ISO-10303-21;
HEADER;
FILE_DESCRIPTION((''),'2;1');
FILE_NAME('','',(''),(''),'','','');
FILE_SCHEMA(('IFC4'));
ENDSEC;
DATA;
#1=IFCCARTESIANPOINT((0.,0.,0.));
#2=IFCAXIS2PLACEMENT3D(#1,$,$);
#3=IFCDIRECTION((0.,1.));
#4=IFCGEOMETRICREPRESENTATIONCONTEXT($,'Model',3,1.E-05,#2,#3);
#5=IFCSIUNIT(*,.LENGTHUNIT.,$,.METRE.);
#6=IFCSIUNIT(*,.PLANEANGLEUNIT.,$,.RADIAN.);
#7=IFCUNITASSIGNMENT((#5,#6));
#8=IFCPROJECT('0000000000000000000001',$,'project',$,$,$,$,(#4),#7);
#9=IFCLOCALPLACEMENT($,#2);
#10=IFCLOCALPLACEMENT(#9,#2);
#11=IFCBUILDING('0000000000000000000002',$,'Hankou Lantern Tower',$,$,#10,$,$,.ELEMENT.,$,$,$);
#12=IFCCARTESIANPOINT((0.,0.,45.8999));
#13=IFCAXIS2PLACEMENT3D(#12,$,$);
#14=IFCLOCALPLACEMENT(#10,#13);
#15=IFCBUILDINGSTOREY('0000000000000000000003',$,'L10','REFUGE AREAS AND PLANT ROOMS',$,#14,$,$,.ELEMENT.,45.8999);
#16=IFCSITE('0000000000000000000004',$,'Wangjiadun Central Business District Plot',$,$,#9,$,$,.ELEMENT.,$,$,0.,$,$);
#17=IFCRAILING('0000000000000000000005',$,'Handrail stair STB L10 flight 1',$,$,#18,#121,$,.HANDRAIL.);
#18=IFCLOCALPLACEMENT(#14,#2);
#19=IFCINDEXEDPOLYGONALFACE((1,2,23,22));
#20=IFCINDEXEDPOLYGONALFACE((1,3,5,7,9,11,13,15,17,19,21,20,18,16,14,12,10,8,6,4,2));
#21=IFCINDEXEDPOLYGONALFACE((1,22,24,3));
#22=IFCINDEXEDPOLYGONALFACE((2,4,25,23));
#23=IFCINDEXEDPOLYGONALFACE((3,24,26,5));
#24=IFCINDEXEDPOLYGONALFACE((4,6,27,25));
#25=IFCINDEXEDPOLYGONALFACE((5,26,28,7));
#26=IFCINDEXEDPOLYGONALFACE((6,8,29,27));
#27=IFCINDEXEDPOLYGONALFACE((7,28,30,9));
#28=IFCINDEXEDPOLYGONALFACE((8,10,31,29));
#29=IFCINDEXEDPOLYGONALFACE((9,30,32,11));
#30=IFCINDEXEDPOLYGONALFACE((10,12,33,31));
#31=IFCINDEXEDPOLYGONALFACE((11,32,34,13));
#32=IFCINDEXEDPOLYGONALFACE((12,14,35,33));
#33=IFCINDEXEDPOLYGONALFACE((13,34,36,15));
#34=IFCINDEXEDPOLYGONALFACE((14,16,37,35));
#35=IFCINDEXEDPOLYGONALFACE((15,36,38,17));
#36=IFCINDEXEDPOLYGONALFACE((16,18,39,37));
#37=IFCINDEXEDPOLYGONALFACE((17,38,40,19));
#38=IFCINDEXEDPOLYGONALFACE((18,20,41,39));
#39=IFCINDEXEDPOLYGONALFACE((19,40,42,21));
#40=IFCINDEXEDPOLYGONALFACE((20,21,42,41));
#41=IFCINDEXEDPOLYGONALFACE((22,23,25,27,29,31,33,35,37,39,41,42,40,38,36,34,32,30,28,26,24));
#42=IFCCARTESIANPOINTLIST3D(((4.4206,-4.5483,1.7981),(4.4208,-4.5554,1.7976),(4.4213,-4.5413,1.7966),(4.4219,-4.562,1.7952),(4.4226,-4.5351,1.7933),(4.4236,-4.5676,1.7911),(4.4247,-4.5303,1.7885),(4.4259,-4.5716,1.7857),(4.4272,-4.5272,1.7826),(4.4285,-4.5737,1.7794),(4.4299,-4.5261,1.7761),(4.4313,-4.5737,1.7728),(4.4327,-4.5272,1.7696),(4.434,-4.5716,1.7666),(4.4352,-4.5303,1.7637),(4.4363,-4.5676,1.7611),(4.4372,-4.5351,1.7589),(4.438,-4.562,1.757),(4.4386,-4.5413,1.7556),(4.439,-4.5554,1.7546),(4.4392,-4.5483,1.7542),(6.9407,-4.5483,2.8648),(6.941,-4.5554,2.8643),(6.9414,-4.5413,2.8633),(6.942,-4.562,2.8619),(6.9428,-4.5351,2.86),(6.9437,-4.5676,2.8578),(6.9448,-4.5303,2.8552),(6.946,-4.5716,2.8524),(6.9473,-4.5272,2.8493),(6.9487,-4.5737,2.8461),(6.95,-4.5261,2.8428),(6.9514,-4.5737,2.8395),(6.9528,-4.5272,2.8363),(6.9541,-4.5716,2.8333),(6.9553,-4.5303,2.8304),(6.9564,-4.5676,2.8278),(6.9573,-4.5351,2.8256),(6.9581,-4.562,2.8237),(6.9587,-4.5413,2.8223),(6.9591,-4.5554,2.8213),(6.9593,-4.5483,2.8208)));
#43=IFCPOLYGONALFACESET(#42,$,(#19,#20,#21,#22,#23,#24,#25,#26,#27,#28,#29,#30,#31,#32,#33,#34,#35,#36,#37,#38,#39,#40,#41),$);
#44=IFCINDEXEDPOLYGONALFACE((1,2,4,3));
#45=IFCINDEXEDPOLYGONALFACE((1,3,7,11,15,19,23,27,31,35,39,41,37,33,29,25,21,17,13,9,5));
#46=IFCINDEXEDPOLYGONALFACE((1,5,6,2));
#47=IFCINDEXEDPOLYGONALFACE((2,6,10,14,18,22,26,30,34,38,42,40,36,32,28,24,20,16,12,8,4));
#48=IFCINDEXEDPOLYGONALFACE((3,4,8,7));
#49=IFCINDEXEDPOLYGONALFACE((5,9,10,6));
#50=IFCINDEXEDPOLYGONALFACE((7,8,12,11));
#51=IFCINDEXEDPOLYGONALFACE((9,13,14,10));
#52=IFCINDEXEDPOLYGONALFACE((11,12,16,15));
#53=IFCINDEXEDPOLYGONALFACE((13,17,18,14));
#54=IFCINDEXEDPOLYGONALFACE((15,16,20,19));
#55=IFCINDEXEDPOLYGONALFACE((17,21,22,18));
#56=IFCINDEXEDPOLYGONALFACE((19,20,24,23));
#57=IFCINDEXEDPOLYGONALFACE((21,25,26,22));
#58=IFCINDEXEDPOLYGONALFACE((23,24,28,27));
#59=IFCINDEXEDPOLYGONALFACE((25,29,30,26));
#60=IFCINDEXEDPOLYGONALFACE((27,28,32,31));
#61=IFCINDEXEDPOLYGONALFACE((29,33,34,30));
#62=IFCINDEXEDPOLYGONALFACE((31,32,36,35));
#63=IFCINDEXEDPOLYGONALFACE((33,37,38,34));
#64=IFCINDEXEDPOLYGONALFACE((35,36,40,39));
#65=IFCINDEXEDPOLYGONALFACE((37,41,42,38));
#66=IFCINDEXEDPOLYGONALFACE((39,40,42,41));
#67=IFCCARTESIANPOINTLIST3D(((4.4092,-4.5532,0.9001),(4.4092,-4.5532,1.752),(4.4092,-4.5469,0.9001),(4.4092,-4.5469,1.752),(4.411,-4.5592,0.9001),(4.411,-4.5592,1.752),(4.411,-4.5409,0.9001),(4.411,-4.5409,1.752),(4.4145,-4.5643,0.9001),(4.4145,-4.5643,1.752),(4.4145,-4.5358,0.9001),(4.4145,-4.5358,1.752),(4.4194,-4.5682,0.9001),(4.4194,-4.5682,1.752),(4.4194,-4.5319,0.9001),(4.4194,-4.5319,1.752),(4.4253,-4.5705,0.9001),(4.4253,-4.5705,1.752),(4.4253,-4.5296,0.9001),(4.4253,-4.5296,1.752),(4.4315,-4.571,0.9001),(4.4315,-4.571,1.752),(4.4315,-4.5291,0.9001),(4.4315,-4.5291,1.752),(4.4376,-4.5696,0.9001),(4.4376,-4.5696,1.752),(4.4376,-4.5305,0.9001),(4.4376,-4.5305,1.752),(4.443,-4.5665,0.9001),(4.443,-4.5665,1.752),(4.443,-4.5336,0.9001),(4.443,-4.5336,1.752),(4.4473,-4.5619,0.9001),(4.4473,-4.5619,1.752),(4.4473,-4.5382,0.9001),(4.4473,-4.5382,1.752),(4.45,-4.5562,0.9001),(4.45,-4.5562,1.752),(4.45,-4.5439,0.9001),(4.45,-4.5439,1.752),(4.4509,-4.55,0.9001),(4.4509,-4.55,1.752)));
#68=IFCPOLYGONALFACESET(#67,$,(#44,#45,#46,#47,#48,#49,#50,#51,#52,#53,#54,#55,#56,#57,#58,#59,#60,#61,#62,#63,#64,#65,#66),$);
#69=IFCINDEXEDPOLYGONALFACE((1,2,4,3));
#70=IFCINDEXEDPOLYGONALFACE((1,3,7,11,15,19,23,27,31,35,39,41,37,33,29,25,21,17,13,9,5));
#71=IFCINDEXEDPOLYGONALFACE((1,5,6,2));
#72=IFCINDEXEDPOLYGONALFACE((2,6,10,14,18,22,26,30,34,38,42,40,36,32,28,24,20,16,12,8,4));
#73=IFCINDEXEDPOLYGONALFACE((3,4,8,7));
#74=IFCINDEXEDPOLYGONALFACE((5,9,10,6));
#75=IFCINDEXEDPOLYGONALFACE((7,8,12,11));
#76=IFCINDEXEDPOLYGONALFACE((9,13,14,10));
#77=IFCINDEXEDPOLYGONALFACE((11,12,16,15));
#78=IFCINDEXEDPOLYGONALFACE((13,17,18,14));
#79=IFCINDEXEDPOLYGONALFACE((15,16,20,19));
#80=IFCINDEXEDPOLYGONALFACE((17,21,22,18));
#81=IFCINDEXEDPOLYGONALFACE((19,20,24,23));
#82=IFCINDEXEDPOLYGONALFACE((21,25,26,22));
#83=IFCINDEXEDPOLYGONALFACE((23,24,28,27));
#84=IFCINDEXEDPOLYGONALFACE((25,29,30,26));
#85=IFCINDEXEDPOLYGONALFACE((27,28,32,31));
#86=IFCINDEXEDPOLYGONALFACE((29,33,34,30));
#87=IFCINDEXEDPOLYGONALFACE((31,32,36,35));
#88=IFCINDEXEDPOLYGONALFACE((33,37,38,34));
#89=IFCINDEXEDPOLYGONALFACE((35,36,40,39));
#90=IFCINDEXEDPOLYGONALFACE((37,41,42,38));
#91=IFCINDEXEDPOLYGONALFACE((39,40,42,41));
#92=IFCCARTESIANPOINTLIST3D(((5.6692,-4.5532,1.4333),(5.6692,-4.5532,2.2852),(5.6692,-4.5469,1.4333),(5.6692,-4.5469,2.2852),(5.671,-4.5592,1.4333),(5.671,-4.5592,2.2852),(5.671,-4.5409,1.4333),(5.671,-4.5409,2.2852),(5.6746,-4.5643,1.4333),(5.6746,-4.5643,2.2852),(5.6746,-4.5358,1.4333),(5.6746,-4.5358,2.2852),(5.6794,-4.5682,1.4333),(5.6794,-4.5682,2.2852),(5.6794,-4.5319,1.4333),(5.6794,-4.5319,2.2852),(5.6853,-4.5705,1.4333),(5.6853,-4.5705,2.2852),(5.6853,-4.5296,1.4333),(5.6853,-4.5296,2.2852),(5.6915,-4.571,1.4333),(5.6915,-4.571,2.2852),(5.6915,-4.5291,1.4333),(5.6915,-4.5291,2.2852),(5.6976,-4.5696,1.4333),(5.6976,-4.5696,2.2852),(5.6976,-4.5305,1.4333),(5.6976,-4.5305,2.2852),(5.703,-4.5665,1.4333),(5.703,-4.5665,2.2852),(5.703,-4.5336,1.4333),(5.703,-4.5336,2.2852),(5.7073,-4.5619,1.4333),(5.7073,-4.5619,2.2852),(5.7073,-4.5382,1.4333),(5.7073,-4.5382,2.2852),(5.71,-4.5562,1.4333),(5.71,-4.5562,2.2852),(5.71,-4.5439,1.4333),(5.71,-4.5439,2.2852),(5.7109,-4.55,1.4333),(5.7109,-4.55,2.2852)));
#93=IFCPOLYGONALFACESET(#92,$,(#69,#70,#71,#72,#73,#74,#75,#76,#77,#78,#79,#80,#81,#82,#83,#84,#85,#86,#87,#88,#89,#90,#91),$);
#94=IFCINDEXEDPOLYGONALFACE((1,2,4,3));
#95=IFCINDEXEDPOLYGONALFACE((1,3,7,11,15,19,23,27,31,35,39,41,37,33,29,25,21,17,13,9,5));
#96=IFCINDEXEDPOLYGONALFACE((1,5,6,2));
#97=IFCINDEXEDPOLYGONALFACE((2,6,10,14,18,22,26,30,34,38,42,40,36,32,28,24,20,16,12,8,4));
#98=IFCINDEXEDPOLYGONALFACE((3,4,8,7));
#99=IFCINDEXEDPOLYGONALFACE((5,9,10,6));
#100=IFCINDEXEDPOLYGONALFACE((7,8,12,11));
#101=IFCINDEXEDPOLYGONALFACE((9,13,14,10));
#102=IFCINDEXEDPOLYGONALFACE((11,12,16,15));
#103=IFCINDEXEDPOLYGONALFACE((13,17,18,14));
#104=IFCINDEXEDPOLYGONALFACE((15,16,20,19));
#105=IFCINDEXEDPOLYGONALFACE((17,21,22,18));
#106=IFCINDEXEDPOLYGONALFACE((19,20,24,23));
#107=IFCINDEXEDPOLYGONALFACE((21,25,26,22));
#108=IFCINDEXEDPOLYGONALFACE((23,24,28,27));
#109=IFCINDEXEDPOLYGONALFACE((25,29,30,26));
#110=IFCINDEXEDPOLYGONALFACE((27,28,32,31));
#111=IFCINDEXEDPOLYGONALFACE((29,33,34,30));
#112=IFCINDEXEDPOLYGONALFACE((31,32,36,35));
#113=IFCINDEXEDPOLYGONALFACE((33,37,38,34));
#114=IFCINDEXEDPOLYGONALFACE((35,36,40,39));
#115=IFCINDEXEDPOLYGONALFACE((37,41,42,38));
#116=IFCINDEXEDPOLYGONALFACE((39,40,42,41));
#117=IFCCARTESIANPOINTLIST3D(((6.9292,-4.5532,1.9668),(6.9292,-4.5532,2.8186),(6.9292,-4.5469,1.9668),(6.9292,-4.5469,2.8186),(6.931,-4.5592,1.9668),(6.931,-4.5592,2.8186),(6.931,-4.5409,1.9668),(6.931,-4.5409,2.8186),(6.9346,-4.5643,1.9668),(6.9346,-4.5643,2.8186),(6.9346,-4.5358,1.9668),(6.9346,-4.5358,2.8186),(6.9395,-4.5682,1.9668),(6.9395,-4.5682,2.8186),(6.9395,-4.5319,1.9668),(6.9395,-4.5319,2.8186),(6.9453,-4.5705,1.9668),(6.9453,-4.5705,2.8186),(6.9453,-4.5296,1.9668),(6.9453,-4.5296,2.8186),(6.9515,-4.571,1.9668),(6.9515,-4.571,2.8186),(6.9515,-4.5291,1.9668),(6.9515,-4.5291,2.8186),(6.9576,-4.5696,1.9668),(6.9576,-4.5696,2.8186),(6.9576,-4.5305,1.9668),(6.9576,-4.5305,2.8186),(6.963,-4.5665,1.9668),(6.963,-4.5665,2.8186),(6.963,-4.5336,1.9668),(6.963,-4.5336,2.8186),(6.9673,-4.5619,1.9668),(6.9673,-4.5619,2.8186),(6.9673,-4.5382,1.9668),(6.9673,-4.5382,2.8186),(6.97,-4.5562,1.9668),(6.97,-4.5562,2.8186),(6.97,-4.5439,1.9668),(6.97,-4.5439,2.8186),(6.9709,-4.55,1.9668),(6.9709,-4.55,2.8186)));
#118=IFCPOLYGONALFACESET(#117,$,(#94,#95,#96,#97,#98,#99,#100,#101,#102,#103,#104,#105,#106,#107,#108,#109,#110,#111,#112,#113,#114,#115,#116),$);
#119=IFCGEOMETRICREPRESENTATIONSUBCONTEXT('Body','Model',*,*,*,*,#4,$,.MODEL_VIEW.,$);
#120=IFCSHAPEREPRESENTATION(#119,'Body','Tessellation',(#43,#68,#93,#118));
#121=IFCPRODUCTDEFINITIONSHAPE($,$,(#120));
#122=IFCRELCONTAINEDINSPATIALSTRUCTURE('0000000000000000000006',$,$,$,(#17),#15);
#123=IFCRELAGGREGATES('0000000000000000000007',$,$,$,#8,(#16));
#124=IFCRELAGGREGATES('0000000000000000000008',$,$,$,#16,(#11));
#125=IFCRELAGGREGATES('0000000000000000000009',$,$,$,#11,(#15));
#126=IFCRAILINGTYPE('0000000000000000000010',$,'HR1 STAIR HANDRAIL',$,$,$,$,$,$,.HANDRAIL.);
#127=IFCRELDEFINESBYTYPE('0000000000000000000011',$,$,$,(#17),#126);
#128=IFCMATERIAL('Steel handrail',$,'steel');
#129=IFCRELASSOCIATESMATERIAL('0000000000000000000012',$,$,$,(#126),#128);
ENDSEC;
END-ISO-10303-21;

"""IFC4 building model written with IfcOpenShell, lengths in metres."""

from ifc_helpers import new_model, si_unit, direction, frame, origin, origin_2d, place, context, subcontext, project, spatial, circle, extrude, material, type_object, element, save


model = new_model("IFC4")

# Units and contexts
model_context = context("Model", 3, precision=1e-05, world=origin(), true_north=direction((0.0, 1.0)))
body_context = subcontext(model_context, "Body", "Model", "MODEL_VIEW")
ifc_project = project(units=[si_unit("LENGTHUNIT", "METRE"), si_unit("PLANEANGLEUNIT", "RADIAN")], contexts=[model_context])

# Site, building, storey
site_placement = place(None, origin())
site = spatial("IfcSite", under=ifc_project, at=site_placement, Name="Wangjiadun Central Business District Plot", CompositionType="ELEMENT", RefElevation=0.0)
building_placement = place(site_placement, origin())
building = spatial("IfcBuilding", under=site, at=building_placement, Name="Hankou Lantern Tower", CompositionType="ELEMENT")
storey_placement = place(building_placement, frame((0.0, 0.0, 45.8999)))
storey = spatial("IfcBuildingStorey", under=building, at=storey_placement, Name="L10", Description="REFUGE AREAS AND PLANT ROOMS", CompositionType="ELEMENT", Elevation=45.8999)

# Railing
ifc_material_1 = material(Name="Steel handrail", Category="steel")
railing_type = type_object("IfcRailingType", Name="HR1 STAIR HANDRAIL", PredefinedType="HANDRAIL", material=ifc_material_1)
railing_1_placement = place(storey_placement, frame((4.4299, -4.55, 0.9001)))
element("IfcRailing", 1, at=railing_1_placement, inside=storey, type_object=railing_type, Name="Handrail stair STB L10 flight 1", PredefinedType="HANDRAIL", context=body_context, shape_type="SweptSolid", body=[
    extrude(circle(Radius=0.0239, at=origin_2d()), frame((0.0, 0.0, 0.876), z_axis=(0.920903, 0.0, 0.389791), x_axis=(0.0, 1.0, 0.0)), (0.0, 0.0, 1.0), 2.7366),
    extrude(circle(Radius=0.021, at=origin_2d()), origin(), (0.0, 0.0, 1.0), 0.8518),
    extrude(circle(Radius=0.021, at=origin_2d()), frame((1.26, 0.0, 0.5332)), (0.0, 0.0, 1.0), 0.8518),
    extrude(circle(Radius=0.021, at=origin_2d()), frame((2.52, 0.0, 1.0667)), (0.0, 0.0, 1.0), 0.8518),
])

save(model, "model.ifc")
